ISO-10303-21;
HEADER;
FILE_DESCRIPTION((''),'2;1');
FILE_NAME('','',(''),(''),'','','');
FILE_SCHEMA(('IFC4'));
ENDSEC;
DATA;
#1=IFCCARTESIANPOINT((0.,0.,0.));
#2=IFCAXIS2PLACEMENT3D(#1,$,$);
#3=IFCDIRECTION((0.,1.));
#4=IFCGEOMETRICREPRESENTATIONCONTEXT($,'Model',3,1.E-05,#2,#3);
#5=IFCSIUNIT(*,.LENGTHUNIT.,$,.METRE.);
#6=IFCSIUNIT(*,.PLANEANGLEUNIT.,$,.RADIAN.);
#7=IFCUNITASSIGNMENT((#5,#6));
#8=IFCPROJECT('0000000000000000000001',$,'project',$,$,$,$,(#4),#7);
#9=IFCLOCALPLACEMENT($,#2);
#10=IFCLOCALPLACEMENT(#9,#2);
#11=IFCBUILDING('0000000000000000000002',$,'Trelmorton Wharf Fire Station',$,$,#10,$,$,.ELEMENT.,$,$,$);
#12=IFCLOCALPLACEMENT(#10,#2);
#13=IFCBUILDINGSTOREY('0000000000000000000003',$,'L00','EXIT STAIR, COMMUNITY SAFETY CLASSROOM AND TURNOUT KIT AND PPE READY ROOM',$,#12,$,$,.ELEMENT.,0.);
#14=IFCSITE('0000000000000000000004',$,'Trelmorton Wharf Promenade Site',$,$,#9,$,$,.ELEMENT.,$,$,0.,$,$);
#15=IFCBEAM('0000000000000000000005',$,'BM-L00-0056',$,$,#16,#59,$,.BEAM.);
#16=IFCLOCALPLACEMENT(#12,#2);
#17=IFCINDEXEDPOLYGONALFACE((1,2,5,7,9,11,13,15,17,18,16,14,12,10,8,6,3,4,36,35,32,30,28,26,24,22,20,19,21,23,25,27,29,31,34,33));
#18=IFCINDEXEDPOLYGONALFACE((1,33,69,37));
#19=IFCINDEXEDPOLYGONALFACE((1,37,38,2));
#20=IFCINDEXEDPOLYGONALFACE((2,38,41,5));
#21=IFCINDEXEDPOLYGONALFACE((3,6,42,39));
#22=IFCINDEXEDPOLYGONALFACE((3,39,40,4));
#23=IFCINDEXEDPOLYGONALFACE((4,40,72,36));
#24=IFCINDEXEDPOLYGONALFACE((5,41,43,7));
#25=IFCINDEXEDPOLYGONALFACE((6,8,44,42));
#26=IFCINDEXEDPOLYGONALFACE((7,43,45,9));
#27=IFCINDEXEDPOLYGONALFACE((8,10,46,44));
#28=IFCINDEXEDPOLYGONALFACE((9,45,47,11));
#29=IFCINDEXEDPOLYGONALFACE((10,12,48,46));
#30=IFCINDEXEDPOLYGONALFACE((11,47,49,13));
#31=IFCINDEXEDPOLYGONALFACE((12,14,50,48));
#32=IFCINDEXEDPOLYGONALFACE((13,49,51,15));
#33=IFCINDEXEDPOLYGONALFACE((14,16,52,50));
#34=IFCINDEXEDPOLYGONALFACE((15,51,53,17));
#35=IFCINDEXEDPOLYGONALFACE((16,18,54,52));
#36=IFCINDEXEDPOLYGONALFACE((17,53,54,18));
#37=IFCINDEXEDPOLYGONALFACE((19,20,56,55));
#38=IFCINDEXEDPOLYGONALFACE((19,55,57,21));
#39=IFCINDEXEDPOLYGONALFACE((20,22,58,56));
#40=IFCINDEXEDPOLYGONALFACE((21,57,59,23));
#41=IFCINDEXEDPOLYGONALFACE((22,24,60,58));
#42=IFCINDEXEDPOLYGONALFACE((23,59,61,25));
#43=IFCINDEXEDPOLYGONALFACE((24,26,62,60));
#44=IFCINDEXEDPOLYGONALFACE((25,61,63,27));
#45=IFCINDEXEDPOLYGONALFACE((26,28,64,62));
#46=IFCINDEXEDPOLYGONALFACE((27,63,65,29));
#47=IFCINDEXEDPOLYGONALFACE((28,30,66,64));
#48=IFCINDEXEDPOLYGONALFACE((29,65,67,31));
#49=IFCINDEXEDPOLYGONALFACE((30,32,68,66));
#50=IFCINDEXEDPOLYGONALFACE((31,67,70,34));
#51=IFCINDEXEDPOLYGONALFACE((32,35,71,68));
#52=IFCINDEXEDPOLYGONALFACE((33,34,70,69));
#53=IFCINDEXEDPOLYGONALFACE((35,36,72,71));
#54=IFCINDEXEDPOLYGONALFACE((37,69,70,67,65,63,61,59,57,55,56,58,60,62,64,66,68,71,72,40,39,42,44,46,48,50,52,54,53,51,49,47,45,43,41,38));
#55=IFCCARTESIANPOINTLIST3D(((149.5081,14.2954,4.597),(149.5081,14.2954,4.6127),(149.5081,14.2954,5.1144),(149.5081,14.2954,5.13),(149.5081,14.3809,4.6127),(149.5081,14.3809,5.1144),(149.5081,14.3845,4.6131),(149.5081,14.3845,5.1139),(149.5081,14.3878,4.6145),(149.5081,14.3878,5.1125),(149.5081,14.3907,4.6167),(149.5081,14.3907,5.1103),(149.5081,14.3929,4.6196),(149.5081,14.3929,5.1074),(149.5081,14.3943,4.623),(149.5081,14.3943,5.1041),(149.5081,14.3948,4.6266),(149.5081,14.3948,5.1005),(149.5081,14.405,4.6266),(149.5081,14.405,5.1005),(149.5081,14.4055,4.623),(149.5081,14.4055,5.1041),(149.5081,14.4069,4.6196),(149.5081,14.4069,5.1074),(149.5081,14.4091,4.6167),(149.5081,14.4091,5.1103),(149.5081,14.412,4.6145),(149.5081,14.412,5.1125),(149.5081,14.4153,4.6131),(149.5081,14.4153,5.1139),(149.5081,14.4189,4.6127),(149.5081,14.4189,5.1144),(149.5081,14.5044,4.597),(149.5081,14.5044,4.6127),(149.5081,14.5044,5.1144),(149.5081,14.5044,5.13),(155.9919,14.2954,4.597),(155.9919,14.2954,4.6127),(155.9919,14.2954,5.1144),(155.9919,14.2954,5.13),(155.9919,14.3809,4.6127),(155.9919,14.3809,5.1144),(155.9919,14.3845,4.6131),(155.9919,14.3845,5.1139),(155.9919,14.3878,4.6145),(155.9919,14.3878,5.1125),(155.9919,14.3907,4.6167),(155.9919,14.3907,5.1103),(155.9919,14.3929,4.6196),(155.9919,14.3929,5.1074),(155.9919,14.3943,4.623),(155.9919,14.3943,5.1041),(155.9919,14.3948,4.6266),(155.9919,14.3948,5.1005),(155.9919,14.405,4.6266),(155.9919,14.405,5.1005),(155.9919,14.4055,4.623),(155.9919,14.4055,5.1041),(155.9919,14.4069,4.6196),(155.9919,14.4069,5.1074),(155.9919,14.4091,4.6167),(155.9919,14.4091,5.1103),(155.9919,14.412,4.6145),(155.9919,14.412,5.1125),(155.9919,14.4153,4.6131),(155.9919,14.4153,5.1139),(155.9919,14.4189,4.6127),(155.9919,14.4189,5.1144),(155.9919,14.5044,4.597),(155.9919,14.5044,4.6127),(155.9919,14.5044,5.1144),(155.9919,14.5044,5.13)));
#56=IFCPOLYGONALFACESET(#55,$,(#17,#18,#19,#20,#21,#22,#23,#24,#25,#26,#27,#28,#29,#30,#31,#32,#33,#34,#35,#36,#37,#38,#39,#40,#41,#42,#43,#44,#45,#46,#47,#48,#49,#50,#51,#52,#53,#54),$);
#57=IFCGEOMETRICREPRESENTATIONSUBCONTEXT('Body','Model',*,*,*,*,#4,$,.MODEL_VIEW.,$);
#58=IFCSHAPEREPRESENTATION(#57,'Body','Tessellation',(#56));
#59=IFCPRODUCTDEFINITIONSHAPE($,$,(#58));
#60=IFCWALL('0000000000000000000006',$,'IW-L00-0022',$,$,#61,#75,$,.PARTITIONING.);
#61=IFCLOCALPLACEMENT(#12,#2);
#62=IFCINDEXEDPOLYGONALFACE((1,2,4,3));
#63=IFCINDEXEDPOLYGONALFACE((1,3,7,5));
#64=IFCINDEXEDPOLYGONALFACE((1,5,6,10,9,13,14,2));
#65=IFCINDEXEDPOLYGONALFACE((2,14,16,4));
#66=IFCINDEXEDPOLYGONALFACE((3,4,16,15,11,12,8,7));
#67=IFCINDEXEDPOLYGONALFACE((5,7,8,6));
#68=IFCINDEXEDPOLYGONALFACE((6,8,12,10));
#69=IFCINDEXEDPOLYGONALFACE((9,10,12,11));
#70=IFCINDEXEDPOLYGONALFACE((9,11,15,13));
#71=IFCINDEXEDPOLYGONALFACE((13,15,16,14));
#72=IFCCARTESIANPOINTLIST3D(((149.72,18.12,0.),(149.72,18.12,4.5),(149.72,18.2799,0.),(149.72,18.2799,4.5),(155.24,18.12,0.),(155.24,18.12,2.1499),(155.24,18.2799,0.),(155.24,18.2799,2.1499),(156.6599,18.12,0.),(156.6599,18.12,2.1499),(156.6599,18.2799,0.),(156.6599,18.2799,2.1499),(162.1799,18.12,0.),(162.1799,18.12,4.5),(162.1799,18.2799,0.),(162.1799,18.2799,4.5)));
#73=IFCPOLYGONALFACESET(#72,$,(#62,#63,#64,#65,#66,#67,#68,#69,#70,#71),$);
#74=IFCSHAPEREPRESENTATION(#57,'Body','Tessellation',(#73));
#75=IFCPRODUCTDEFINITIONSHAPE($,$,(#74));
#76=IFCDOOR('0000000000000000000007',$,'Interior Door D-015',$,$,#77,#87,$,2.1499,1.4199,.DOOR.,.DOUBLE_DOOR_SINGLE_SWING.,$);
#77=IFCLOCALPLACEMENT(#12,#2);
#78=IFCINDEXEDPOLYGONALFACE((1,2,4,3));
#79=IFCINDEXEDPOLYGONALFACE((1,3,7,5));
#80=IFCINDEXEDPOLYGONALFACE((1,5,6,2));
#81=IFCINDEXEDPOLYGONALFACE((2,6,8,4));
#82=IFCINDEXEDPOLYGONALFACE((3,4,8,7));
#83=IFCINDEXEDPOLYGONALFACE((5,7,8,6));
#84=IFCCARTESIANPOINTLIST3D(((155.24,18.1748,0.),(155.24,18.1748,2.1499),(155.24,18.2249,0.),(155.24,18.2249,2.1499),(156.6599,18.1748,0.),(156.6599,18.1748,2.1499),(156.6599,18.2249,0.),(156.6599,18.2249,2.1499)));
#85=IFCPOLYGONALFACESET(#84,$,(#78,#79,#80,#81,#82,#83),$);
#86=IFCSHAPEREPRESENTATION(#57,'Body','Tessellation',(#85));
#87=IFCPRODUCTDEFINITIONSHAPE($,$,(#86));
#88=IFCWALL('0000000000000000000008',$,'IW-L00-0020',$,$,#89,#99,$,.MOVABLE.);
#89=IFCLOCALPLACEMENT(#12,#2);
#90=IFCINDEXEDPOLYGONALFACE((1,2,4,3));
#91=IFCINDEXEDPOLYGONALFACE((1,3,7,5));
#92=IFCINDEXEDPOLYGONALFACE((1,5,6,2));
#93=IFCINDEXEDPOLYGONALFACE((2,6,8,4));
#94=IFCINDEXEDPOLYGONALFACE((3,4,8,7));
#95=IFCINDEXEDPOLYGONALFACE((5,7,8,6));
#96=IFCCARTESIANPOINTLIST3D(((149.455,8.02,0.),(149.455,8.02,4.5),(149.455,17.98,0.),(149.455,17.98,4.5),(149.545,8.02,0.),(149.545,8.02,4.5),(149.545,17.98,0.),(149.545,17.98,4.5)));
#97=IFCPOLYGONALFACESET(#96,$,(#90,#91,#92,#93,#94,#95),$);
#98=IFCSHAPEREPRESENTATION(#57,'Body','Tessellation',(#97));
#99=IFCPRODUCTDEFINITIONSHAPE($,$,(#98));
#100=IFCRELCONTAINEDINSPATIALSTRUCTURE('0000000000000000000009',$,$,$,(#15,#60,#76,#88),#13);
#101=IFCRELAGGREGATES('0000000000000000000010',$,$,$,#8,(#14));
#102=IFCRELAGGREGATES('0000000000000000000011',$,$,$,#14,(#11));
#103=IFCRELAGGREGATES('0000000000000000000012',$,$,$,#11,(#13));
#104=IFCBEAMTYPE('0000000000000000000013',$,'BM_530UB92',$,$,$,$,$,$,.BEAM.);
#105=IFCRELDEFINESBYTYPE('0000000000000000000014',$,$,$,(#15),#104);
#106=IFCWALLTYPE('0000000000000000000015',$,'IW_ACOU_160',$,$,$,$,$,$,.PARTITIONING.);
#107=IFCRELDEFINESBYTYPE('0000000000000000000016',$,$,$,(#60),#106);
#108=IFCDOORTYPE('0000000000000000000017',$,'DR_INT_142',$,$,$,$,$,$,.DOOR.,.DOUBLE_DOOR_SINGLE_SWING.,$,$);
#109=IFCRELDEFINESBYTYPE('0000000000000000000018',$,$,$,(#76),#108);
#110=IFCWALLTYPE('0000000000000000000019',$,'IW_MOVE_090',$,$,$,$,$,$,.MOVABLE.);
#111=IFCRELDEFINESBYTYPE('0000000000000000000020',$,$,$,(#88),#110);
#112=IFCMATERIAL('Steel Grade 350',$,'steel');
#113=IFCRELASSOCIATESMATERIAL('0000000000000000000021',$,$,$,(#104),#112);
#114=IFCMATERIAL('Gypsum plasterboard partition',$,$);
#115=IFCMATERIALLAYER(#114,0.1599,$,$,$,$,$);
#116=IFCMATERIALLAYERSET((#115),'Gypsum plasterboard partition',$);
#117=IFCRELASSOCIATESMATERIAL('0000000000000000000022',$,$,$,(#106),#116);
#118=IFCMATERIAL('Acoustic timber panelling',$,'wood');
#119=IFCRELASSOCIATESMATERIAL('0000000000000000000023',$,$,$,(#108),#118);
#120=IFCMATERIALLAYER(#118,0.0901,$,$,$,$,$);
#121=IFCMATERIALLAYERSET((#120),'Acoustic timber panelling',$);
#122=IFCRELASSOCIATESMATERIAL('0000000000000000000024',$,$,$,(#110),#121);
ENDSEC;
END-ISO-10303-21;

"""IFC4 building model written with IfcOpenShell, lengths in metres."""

from ifc_helpers import new_model, si_unit, direction, frame, frame_2d, origin, origin_2d, place, context, subcontext, project, spatial, rectangle, i_section, extrude, material, layer, layer_set, material_profile, profile_set, type_object, element, fill, save


model = new_model("IFC4")

# Units and contexts
model_context = context("Model", 3, precision=1e-05, world=origin(), true_north=direction((0.0, 1.0)))
body_context = subcontext(model_context, "Body", "Model", "MODEL_VIEW")
ifc_project = project(units=[si_unit("LENGTHUNIT", "METRE"), si_unit("PLANEANGLEUNIT", "RADIAN")], contexts=[model_context])

# Site, building, storey
site_placement = place(None, origin())
site = spatial("IfcSite", under=ifc_project, at=site_placement, Name="Trelmorton Wharf Promenade Site", CompositionType="ELEMENT", RefElevation=0.0)
building_placement = place(site_placement, origin())
building = spatial("IfcBuilding", under=site, at=building_placement, Name="Trelmorton Wharf Fire Station", CompositionType="ELEMENT")
storey_placement = place(building_placement, origin())
storey = spatial("IfcBuildingStorey", under=building, at=storey_placement, Name="L00", Description="EXIT STAIR, COMMUNITY SAFETY CLASSROOM AND TURNOUT KIT AND PPE READY ROOM", CompositionType="ELEMENT", Elevation=0.0)

# Shared definitions
ifc_material_1 = material(Name="Steel Grade 350", Category="steel")

# Beam
ifc_material_profile_1 = material_profile(ifc_material_1, i_section(OverallWidth=0.209, OverallDepth=0.533, WebThickness=0.0103, FlangeThickness=0.0156, FilletRadius=0.0139, at=origin_2d()), Name="530UB92.4")
ifc_profile_set_1 = profile_set([ifc_material_profile_1], Name="Steel Grade 350")
beam_type_1 = type_object("IfcBeamType", Name="BM_530UB92", PredefinedType="BEAM", material=ifc_profile_set_1)
beam_placement = place(storey_placement, frame((149.5081, 14.3999, 4.8635), z_axis=(1.0, 0.0, 0.0), x_axis=(0.0, 1.0, 0.0)))
element("IfcBeam", 1, at=beam_placement, inside=storey, type_object=beam_type_1, Name="BM-L00-0056", PredefinedType="BEAM", context=body_context, shape_type="SweptSolid", body=[
    extrude(i_section(OverallWidth=0.209, OverallDepth=0.533, WebThickness=0.0103, FlangeThickness=0.0156, FilletRadius=0.0139, at=origin_2d()), origin(), (0.0, 0.0, 1.0), 6.4839),
])

# Wall, opening, door
ifc_material_2 = material(Name="Gypsum plasterboard partition")
ifc_layer_1 = layer(ifc_material_2, 0.1599)
ifc_layer_set_1 = layer_set([ifc_layer_1], Name="Gypsum plasterboard partition")
wall_type_1 = type_object("IfcWallType", Name="IW_ACOU_160", PredefinedType="PARTITIONING", material=ifc_layer_set_1)
wall_1_placement = place(storey_placement, frame((149.72, 18.2, 0.0), z_axis=(0.0, 0.0, 1.0), x_axis=(1.0, 0.0, 0.0)))
wall_1 = element("IfcWall", 2, at=wall_1_placement, inside=storey, type_object=wall_type_1, Name="IW-L00-0022", PredefinedType="PARTITIONING", context=body_context, shape_type="SweptSolid", body=[
    extrude(rectangle(XDim=12.46, YDim=0.1599, at=frame_2d((6.23, 0.0))), origin(), (0.0, 0.0, 1.0), 4.5),
])
opening_placement = place(wall_1_placement, frame((5.52, 0.0, 0.0)))
opening = element("IfcOpeningElement", 3, at=opening_placement, cuts=wall_1, PredefinedType="OPENING", context=body_context, shape_type="SweptSolid", body=[
    extrude(rectangle(XDim=1.4199, YDim=2.1499, at=frame_2d((0.71, 1.075))), frame((0.0, 0.0898, 0.0), z_axis=(0.0, -1.0, 0.0), x_axis=(1.0, 0.0, 0.0)), (0.0, 0.0, 1.0), 0.1799),
])
ifc_material_3 = material(Name="Acoustic timber panelling", Category="wood")
door_type = type_object("IfcDoorType", Name="DR_INT_142", OperationType="DOUBLE_DOOR_SINGLE_SWING", PredefinedType="DOOR", material=ifc_material_3)
door_placement = place(opening_placement, origin())
door = element("IfcDoor", 4, at=door_placement, inside=storey, type_object=door_type, Name="Interior Door D-015", OperationType="DOUBLE_DOOR_SINGLE_SWING", OverallHeight=2.1499, OverallWidth=1.4199, PredefinedType="DOOR", context=body_context, shape_type="SweptSolid", body=[
    extrude(rectangle(XDim=1.4199, YDim=2.1499, at=frame_2d((0.71, 1.075))), frame((0.0, 0.0249, 0.0), z_axis=(0.0, -1.0, 0.0), x_axis=(1.0, 0.0, 0.0)), (0.0, 0.0, 1.0), 0.05),
])
fill(opening, door)

# Wall
ifc_layer_2 = layer(ifc_material_3, 0.0901)
ifc_layer_set_2 = layer_set([ifc_layer_2], Name="Acoustic timber panelling")
wall_type_2 = type_object("IfcWallType", Name="IW_MOVE_090", PredefinedType="MOVABLE", material=ifc_layer_set_2)
wall_2_placement = place(storey_placement, frame((149.5, 8.02, 0.0), z_axis=(0.0, 0.0, 1.0), x_axis=(0.0, 1.0, 0.0)))
element("IfcWall", 5, at=wall_2_placement, inside=storey, type_object=wall_type_2, Name="IW-L00-0020", PredefinedType="MOVABLE", context=body_context, shape_type="SweptSolid", body=[
    extrude(rectangle(XDim=9.96, YDim=0.0901, at=frame_2d((4.98, 0.0))), origin(), (0.0, 0.0, 1.0), 4.5),
])

save(model, "model.ifc")
